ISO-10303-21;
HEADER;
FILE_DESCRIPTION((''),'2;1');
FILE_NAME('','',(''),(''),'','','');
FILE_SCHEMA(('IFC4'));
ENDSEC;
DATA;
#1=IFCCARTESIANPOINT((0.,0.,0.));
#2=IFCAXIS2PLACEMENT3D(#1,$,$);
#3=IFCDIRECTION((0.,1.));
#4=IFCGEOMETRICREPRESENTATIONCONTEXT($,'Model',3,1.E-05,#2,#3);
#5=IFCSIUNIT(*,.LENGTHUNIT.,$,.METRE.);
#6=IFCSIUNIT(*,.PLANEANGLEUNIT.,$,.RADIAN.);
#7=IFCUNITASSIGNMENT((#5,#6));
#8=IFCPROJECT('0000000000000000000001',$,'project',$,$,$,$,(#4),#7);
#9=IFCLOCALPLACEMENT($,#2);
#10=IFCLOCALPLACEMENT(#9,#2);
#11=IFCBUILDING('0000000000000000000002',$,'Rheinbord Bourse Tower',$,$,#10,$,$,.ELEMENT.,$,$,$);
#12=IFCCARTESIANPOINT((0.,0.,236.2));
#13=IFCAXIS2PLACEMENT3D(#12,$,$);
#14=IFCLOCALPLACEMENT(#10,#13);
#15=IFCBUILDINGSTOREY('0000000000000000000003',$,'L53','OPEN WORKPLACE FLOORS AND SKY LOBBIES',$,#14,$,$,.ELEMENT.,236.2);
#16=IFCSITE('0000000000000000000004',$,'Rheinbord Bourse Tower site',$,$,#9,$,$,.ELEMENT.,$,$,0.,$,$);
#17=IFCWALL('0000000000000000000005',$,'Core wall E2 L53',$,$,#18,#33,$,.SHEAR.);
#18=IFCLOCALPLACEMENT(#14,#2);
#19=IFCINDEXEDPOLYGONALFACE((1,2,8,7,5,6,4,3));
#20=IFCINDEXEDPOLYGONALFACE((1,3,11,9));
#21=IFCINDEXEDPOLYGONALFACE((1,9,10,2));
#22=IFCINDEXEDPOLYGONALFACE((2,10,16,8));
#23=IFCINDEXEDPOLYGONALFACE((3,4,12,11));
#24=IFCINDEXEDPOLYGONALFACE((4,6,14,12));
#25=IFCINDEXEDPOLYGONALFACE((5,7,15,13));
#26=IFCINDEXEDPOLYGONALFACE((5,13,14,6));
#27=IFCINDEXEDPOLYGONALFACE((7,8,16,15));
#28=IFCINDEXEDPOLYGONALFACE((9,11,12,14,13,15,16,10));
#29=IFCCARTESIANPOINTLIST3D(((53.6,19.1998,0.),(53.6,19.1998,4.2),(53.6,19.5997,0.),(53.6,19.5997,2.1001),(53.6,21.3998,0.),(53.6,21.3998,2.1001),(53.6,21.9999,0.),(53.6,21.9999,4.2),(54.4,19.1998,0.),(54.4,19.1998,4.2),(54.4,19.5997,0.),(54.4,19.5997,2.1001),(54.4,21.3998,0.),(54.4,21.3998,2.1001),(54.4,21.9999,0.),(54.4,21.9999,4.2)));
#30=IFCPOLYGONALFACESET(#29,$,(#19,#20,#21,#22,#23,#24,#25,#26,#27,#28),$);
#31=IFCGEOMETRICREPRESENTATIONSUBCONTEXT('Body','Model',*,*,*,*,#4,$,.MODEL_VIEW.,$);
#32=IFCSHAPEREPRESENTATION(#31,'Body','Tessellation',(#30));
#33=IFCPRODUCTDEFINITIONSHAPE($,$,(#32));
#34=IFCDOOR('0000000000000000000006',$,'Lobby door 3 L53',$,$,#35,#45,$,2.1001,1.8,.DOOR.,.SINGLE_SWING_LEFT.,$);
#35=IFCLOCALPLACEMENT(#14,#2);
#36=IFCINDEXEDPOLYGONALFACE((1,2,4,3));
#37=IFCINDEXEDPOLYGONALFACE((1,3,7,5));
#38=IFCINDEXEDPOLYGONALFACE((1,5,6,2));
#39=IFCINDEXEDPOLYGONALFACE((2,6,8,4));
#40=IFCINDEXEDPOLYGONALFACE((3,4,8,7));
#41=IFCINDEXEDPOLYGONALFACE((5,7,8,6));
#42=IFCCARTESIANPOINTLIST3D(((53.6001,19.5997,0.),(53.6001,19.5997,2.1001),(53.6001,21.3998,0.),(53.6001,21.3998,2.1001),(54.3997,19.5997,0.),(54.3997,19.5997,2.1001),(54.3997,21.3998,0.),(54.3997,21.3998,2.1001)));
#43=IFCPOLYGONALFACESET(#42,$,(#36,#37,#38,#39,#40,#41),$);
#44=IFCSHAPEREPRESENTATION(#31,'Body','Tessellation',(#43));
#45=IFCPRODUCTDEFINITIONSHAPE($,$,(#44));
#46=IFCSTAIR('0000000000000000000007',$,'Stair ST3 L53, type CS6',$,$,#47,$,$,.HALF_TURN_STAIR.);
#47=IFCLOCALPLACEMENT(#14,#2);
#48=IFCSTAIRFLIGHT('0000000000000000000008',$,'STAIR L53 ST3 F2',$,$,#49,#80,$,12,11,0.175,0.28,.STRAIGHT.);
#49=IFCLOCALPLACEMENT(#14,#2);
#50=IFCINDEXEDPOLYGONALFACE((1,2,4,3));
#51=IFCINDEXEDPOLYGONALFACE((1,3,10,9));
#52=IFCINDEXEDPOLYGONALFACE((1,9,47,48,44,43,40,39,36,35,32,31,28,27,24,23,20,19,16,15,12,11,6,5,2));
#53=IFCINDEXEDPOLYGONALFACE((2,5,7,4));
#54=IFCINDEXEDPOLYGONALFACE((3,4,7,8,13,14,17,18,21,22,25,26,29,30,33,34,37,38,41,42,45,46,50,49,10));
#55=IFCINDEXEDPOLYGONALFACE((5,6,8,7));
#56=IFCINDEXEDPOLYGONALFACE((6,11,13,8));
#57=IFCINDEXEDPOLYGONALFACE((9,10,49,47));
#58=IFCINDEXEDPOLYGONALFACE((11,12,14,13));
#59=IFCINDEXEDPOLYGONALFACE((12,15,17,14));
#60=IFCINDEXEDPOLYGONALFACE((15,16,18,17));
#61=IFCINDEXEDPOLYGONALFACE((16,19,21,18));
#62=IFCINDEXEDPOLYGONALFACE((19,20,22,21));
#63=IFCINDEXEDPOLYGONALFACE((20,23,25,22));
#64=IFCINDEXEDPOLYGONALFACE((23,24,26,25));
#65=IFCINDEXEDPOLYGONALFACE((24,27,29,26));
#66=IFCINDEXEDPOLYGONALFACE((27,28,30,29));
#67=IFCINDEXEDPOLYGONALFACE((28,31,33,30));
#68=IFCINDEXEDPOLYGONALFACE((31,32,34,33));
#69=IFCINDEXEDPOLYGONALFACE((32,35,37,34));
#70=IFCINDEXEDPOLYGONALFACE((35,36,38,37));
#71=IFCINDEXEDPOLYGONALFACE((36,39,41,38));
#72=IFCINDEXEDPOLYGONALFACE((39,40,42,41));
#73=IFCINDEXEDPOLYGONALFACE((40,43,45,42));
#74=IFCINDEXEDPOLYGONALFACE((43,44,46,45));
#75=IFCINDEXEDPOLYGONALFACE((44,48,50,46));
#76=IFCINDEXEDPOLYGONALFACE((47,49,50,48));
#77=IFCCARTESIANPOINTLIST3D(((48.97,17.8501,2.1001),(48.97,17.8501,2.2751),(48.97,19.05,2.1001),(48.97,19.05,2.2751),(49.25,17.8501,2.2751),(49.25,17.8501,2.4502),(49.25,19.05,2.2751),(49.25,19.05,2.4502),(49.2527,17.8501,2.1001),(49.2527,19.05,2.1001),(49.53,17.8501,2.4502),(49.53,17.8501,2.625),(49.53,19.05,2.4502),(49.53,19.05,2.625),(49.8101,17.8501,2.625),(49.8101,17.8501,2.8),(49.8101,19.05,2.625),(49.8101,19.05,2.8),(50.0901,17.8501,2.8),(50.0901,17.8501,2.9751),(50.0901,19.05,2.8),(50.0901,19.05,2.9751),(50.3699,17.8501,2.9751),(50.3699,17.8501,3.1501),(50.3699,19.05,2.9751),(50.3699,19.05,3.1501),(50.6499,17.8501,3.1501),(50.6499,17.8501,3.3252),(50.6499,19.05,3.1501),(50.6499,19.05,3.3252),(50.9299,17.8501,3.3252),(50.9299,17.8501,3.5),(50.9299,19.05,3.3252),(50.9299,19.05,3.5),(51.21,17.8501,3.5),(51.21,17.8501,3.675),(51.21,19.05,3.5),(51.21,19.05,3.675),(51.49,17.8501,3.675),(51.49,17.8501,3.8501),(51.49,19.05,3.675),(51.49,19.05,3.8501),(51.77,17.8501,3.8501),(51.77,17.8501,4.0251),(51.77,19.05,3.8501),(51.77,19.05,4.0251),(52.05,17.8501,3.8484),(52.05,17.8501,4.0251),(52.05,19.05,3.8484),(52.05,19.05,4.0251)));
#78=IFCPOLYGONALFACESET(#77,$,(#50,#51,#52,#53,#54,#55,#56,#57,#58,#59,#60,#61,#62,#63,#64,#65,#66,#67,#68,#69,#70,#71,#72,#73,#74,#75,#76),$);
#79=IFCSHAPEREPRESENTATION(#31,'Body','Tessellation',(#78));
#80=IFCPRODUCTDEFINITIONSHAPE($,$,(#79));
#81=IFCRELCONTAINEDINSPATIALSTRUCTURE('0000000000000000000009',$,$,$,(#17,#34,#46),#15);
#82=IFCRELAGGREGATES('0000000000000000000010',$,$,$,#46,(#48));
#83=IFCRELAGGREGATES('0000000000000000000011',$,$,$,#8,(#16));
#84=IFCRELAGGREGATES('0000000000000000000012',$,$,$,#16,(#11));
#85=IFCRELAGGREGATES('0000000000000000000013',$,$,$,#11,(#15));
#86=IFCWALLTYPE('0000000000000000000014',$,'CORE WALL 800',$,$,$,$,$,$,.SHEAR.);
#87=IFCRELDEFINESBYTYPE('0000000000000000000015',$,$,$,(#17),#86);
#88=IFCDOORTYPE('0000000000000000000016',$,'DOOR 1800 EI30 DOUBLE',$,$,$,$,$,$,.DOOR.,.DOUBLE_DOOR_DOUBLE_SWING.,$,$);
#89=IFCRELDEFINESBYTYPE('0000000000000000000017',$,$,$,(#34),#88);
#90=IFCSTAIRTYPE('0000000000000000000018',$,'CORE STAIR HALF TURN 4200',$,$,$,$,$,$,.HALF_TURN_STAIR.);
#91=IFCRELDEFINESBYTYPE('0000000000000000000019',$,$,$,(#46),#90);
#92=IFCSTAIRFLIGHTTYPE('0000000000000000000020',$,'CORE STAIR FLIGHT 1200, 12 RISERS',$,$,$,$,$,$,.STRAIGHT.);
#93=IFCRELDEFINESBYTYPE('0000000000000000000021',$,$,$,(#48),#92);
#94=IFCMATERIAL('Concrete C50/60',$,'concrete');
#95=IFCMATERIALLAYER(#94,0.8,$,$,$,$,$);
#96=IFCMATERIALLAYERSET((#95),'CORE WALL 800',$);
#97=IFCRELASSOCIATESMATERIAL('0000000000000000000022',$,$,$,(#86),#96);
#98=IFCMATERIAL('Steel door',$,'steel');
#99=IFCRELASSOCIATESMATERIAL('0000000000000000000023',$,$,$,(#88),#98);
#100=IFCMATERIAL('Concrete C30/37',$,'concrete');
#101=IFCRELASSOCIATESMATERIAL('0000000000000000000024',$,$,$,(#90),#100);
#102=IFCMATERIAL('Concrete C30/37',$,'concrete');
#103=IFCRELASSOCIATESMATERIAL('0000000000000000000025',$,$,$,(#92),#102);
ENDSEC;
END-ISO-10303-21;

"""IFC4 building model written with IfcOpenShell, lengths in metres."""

from ifc_helpers import new_model, si_unit, direction, frame, frame_2d, origin, place, context, subcontext, project, spatial, polyline, rectangle, outline, extrude, material, layer, layer_set, type_object, element, fill, aggregate, save


model = new_model("IFC4")

# Units and contexts
model_context = context("Model", 3, precision=1e-05, world=origin(), true_north=direction((0.0, 1.0)))
body_context = subcontext(model_context, "Body", "Model", "MODEL_VIEW")
ifc_project = project(units=[si_unit("LENGTHUNIT", "METRE"), si_unit("PLANEANGLEUNIT", "RADIAN")], contexts=[model_context])

# Site, building, storey
site_placement = place(None, origin())
site = spatial("IfcSite", under=ifc_project, at=site_placement, Name="Rheinbord Bourse Tower site", CompositionType="ELEMENT", RefElevation=0.0)
building_placement = place(site_placement, origin())
building = spatial("IfcBuilding", under=site, at=building_placement, Name="Rheinbord Bourse Tower", CompositionType="ELEMENT")
storey_placement = place(building_placement, frame((0.0, 0.0, 236.2)))
storey = spatial("IfcBuildingStorey", under=building, at=storey_placement, Name="L53", Description="OPEN WORKPLACE FLOORS AND SKY LOBBIES", CompositionType="ELEMENT", Elevation=236.2)

# Wall, opening, door
ifc_material_1 = material(Name="Concrete C50/60", Category="concrete")
ifc_layer_1 = layer(ifc_material_1, 0.8)
ifc_layer_set_1 = layer_set([ifc_layer_1], Name="CORE WALL 800")
wall_type_1 = type_object("IfcWallType", Name="CORE WALL 800", PredefinedType="SHEAR", material=ifc_layer_set_1)
wall_1_placement = place(storey_placement, frame((54.0, 19.2, 0.0), z_axis=(0.0, 0.0, 1.0), x_axis=(0.0, 1.0, 0.0)))
wall_1 = element("IfcWall", 1, at=wall_1_placement, inside=storey, type_object=wall_type_1, Name="Core wall E2 L53", PredefinedType="SHEAR", context=body_context, shape_type="SweptSolid", body=[
    extrude(rectangle(XDim=2.8, YDim=0.8, at=frame_2d((1.3999, 0.0))), origin(), (0.0, 0.0, 1.0), 4.2),
])
opening_1_placement = place(wall_1_placement, frame((0.3999, 0.0, 0.0)))
opening_1 = element("IfcOpeningElement", 2, at=opening_1_placement, cuts=wall_1, PredefinedType="OPENING", context=body_context, shape_type="SweptSolid", body=[
    extrude(rectangle(XDim=1.8, YDim=2.1001, at=frame_2d((0.8999, 1.05))), frame((0.0, 0.4099, 0.0), z_axis=(0.0, -1.0, 0.0), x_axis=(1.0, 0.0, 0.0)), (0.0, 0.0, 1.0), 0.8201),
])
ifc_material_2 = material(Name="Steel door", Category="steel")
door_type_1 = type_object("IfcDoorType", Name="DOOR 1800 EI30 DOUBLE", OperationType="DOUBLE_DOOR_DOUBLE_SWING", PredefinedType="DOOR", material=ifc_material_2)
door_1_placement = place(opening_1_placement, origin())
door_1 = element("IfcDoor", 3, at=door_1_placement, inside=storey, type_object=door_type_1, Name="Lobby door 3 L53", OperationType="SINGLE_SWING_LEFT", OverallHeight=2.1001, OverallWidth=1.8, PredefinedType="DOOR", context=body_context, shape_type="SweptSolid", body=[
    extrude(rectangle(XDim=1.8, YDim=2.1001, at=frame_2d((0.8999, 1.05))), frame((0.0, 0.3999, 0.0), z_axis=(0.0, -1.0, 0.0), x_axis=(1.0, 0.0, 0.0)), (0.0, 0.0, 1.0), 0.7996),
])
fill(opening_1, door_1)

# Stair, stair flight
ifc_material_3 = material(Name="Concrete C30/37", Category="concrete")
stair_type = type_object("IfcStairType", Name="CORE STAIR HALF TURN 4200", PredefinedType="HALF_TURN_STAIR", material=ifc_material_3)
stair_placement = place(storey_placement, origin())
stair = element("IfcStair", 4, at=stair_placement, inside=storey, type_object=stair_type, Name="Stair ST3 L53, type CS6", PredefinedType="HALF_TURN_STAIR")
ifc_material_4 = material(Name="Concrete C30/37", Category="concrete")
stair_flight_type = type_object("IfcStairFlightType", Name="CORE STAIR FLIGHT 1200, 12 RISERS", PredefinedType="STRAIGHT", material=ifc_material_4)
stair_flight_placement = place(storey_placement, frame((48.97, 18.45, 2.1001), z_axis=(0.0, 0.0, 1.0), x_axis=(1.0, 0.0, 0.0)))
stair_flight = element("IfcStairFlight", 5, at=stair_flight_placement, type_object=stair_flight_type, Name="STAIR L53 ST3 F2", NumberOfRisers=12, NumberOfTreads=11, PredefinedType="STRAIGHT", RiserHeight=0.175, TreadLength=0.28, context=body_context, shape_type="SweptSolid", body=[
    extrude(outline(polyline([(0.0, 0.0), (0.0, 0.175), (0.28, 0.175), (0.28, 0.3501), (0.5601, 0.3501), (0.5601, 0.5249), (0.8401, 0.5249), (0.8401, 0.7), (1.1201, 0.7), (1.1201, 0.875), (1.3999, 0.875), (1.3999, 1.05), (1.6799, 1.05), (1.6799, 1.2251), (1.96, 1.2251), (1.96, 1.3999), (2.24, 1.3999), (2.24, 1.575), (2.52, 1.575), (2.52, 1.75), (2.8, 1.75), (2.8, 1.925), (3.0801, 1.925), (3.0801, 2.1001), (3.0801, 1.7483), (0.2827, 0.0), (0.0, 0.0)])), frame((0.0, 0.6001, 0.0), z_axis=(0.0, -1.0, 0.0), x_axis=(1.0, 0.0, 0.0)), (0.0, 0.0, 1.0), 1.2),
])
aggregate(stair, [stair_flight])

save(model, "model.ifc")
